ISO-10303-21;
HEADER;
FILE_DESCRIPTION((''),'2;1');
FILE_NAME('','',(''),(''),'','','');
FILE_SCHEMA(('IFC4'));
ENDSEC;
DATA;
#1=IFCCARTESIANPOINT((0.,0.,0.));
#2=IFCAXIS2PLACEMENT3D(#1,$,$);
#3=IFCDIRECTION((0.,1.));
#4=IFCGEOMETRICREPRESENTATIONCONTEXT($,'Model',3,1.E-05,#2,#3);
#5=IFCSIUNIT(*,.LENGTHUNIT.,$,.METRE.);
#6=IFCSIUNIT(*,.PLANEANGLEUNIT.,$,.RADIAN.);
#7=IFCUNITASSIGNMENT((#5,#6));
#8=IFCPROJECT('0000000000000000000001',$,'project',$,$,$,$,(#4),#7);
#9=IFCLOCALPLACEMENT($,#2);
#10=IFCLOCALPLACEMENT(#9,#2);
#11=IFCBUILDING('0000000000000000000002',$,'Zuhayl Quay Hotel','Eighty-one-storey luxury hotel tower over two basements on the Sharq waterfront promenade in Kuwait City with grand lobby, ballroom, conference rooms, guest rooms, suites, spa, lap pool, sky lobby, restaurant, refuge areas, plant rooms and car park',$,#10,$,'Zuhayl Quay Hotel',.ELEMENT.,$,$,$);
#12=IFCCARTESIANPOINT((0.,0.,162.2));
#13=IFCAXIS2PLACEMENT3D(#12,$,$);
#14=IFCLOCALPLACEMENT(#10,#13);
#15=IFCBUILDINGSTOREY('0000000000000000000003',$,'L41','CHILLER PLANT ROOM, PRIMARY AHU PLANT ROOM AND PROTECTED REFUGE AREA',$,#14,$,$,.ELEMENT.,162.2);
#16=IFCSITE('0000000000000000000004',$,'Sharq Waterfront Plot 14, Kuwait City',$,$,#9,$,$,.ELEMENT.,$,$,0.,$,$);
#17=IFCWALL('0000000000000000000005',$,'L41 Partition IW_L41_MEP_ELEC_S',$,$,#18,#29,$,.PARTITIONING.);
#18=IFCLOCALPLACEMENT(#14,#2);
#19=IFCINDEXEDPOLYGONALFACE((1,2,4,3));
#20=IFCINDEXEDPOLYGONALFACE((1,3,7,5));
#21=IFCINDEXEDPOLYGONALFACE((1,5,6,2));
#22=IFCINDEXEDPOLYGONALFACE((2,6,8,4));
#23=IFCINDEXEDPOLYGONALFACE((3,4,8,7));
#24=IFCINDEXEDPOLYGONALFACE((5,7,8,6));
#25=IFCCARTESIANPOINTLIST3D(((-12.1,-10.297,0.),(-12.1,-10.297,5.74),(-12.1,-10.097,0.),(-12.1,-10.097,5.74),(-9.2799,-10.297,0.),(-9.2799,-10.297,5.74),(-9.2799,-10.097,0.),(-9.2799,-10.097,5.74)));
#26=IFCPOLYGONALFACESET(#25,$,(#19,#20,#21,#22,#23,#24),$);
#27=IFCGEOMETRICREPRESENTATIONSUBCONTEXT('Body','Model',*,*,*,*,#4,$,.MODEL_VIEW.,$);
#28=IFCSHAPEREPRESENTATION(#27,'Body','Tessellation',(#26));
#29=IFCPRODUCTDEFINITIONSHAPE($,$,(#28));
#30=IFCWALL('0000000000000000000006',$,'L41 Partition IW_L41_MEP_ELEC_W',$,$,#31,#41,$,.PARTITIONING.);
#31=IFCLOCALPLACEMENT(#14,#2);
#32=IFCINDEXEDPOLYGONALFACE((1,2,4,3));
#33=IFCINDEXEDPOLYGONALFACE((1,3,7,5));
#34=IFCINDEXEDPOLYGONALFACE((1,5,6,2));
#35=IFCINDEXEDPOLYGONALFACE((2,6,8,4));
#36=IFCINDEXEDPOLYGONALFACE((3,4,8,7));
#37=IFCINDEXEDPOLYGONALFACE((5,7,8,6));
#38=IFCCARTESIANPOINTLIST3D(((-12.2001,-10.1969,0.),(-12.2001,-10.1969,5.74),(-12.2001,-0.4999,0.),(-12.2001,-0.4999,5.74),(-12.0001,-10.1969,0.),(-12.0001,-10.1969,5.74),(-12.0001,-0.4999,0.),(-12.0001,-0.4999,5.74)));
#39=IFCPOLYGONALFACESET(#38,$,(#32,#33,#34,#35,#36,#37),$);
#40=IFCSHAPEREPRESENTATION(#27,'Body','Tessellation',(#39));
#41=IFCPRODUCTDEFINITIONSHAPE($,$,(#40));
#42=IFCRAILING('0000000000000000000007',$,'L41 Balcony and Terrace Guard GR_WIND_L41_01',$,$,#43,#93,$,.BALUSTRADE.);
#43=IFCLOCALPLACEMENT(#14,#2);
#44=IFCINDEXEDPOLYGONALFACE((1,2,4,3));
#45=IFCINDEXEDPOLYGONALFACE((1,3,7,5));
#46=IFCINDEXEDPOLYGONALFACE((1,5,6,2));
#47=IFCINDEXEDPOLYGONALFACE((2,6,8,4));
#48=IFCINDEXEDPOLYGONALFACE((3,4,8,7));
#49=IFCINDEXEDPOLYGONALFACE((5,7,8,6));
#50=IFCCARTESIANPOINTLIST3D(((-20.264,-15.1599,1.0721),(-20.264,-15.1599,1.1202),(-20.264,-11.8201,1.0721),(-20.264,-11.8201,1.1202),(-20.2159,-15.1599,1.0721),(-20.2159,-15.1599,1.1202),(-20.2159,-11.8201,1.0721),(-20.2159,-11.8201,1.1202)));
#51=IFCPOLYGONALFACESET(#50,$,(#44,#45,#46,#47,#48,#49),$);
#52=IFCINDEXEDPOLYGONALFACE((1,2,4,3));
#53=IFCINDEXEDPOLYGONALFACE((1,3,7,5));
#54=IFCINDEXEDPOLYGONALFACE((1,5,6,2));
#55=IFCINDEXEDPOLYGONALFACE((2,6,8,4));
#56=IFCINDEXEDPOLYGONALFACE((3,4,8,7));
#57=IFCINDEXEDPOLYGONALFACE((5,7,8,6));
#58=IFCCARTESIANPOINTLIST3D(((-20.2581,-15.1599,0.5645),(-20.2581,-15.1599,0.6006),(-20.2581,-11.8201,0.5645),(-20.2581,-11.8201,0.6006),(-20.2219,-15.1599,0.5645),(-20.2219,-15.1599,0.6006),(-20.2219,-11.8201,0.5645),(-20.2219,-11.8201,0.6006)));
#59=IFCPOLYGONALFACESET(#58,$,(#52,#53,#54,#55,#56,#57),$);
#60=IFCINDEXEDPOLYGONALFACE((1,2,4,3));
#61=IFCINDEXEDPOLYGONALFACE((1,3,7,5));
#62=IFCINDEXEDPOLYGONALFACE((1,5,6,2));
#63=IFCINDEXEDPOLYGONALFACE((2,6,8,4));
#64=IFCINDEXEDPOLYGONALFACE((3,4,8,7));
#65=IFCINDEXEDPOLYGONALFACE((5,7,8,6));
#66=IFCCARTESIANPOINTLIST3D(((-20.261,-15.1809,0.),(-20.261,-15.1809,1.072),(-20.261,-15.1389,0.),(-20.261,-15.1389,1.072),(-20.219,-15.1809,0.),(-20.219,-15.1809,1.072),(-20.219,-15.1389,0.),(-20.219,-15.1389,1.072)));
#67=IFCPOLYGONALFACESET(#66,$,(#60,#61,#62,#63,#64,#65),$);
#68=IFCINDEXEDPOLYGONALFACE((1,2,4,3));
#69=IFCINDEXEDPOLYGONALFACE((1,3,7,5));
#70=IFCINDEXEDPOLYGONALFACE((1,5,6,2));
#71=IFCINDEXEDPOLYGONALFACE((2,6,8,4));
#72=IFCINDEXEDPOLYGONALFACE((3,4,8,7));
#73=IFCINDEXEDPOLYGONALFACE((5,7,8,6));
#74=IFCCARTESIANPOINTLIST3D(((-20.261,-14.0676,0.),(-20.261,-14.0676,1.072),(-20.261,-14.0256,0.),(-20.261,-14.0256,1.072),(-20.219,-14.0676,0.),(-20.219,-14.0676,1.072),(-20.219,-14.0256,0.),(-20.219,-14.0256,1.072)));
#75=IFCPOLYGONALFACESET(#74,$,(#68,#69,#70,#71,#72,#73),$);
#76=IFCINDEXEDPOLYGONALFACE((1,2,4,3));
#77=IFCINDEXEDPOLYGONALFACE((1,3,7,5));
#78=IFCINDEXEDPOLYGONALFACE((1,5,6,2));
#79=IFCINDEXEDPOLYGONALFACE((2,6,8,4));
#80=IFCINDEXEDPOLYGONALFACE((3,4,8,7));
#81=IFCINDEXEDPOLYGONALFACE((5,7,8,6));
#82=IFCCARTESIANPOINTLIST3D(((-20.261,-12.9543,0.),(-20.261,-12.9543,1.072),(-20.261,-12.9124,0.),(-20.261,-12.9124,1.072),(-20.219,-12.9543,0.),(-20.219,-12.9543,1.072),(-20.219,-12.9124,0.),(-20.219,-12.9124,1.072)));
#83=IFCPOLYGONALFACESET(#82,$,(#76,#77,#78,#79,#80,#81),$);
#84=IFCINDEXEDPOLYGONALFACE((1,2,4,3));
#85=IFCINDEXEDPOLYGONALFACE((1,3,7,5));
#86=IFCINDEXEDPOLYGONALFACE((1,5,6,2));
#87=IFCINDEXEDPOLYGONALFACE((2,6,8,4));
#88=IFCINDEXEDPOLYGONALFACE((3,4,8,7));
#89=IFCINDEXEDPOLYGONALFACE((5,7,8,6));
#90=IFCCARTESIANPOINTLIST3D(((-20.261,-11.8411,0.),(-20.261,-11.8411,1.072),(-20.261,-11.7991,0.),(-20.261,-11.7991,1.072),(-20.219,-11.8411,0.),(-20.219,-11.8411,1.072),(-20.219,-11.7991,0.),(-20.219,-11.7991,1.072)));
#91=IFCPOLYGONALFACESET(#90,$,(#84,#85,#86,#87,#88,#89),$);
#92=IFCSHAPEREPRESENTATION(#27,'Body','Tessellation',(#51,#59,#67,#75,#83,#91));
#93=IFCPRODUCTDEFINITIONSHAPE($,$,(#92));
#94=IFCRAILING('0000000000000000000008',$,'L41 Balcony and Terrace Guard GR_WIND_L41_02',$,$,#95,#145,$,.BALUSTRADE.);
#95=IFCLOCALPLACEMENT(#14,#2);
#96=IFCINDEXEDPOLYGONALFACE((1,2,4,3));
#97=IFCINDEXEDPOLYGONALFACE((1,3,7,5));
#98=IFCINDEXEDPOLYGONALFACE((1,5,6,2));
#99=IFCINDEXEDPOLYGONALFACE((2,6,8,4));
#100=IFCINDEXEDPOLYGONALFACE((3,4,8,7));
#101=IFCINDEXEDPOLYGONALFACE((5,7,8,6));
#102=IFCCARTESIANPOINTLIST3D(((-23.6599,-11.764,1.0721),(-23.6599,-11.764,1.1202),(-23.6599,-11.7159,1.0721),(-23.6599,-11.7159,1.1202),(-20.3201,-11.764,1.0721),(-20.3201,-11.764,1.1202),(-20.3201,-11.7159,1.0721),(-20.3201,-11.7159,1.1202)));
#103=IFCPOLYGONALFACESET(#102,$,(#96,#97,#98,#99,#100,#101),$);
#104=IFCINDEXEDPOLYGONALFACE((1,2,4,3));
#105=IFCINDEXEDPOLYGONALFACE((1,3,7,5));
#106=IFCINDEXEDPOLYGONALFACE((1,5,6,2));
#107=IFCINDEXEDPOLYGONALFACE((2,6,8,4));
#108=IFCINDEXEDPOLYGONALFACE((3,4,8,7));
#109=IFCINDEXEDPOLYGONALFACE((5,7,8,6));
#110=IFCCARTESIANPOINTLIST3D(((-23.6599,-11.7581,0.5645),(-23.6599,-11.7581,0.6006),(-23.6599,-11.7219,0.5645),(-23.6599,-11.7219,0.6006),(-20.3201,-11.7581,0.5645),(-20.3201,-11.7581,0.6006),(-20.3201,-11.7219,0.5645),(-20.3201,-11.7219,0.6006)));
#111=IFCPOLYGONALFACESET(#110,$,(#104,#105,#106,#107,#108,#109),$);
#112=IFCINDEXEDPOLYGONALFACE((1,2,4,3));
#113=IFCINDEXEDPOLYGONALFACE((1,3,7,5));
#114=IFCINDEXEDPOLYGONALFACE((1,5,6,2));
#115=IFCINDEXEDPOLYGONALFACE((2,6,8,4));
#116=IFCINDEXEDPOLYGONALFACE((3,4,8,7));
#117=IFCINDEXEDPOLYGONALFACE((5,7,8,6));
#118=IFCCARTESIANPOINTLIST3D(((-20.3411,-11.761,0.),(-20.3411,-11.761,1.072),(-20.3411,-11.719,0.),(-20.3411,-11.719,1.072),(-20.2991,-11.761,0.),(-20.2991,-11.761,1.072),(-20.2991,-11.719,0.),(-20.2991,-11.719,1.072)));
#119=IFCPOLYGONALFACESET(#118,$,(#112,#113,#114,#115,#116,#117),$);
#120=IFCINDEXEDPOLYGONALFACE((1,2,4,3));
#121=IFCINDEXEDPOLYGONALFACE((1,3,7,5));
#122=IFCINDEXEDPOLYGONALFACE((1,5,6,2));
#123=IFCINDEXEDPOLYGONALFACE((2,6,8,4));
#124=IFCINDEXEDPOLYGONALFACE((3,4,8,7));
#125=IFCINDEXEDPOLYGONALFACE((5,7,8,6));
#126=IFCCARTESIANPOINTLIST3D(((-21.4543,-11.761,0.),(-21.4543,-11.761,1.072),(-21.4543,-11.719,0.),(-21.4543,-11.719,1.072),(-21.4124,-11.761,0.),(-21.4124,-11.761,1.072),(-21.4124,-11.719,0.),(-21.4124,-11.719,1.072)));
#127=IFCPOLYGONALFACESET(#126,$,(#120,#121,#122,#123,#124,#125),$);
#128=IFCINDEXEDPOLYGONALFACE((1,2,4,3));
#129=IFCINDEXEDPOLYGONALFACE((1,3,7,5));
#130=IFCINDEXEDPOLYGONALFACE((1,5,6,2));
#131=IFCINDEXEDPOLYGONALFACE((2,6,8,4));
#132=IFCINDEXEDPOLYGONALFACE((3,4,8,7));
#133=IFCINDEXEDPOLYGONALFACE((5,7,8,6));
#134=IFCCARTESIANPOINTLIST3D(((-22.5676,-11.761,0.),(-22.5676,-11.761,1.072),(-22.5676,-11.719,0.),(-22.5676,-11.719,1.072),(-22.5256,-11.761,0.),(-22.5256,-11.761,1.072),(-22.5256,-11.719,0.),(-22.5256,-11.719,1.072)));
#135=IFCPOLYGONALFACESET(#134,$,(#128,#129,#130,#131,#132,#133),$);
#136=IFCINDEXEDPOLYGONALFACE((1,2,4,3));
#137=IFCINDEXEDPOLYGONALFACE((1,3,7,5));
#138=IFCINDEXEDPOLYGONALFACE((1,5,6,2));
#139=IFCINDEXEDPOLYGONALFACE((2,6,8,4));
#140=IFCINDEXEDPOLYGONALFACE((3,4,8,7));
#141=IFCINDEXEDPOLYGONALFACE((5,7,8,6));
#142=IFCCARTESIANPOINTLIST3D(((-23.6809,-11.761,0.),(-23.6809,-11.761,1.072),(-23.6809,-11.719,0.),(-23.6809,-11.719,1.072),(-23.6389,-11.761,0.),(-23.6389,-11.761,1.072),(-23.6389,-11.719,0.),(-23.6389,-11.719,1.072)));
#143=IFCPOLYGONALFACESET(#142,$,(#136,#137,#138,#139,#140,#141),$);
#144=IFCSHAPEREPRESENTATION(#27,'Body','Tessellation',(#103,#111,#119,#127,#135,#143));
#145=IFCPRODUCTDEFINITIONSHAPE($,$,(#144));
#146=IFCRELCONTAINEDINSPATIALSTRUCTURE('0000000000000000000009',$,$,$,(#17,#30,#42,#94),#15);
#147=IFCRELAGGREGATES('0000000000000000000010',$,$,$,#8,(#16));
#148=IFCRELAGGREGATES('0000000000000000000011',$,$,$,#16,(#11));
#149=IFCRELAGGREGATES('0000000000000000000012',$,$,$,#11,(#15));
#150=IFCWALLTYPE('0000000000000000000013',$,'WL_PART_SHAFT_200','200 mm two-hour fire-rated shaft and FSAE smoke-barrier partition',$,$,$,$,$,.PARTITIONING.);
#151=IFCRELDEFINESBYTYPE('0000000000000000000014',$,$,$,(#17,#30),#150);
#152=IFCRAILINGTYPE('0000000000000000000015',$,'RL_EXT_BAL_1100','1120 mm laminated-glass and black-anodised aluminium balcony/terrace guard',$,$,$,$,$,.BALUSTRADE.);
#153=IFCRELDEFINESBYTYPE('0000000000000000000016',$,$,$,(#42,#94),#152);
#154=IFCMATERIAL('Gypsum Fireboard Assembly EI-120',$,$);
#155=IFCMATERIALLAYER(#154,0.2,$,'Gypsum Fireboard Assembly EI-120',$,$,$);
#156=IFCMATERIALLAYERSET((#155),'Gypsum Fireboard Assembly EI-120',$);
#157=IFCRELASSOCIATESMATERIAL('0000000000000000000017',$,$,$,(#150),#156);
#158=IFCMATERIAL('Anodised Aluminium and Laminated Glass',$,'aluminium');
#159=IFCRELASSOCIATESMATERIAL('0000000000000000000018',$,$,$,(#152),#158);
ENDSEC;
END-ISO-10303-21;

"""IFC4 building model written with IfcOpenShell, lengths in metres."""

from ifc_helpers import new_model, si_unit, direction, frame, frame_2d, origin, origin_2d, place, context, subcontext, project, spatial, rectangle, extrude, material, layer, layer_set, type_object, element, save


model = new_model("IFC4")

# Units and contexts
model_context = context("Model", 3, precision=1e-05, world=origin(), true_north=direction((0.0, 1.0)))
body_context = subcontext(model_context, "Body", "Model", "MODEL_VIEW")
ifc_project = project(units=[si_unit("LENGTHUNIT", "METRE"), si_unit("PLANEANGLEUNIT", "RADIAN")], contexts=[model_context])

# Site, building, storey
site_placement = place(None, origin())
site = spatial("IfcSite", under=ifc_project, at=site_placement, Name="Sharq Waterfront Plot 14, Kuwait City", CompositionType="ELEMENT", RefElevation=0.0)
building_placement = place(site_placement, origin())
building = spatial("IfcBuilding", under=site, at=building_placement, Name="Zuhayl Quay Hotel", Description="Eighty-one-storey luxury hotel tower over two basements on the Sharq waterfront promenade in Kuwait City with grand lobby, ballroom, conference rooms, guest rooms, suites, spa, lap pool, sky lobby, restaurant, refuge areas, plant rooms and car park", LongName="Zuhayl Quay Hotel", CompositionType="ELEMENT")
storey_placement = place(building_placement, frame((0.0, 0.0, 162.2)))
storey = spatial("IfcBuildingStorey", under=building, at=storey_placement, Name="L41", Description="CHILLER PLANT ROOM, PRIMARY AHU PLANT ROOM AND PROTECTED REFUGE AREA", CompositionType="ELEMENT", Elevation=162.2)

# Walls
ifc_material_1 = material(Name="Gypsum Fireboard Assembly EI-120")
ifc_layer_1 = layer(ifc_material_1, 0.2, Name="Gypsum Fireboard Assembly EI-120")
ifc_layer_set_1 = layer_set([ifc_layer_1], Name="Gypsum Fireboard Assembly EI-120")
wall_type = type_object("IfcWallType", Name="WL_PART_SHAFT_200", Description="200 mm two-hour fire-rated shaft and FSAE smoke-barrier partition", PredefinedType="PARTITIONING", material=ifc_layer_set_1)
wall_1_placement = place(storey_placement, frame((-12.1001, -10.197, 0.0), z_axis=(0.0, 0.0, 1.0), x_axis=(1.0, 0.0, 0.0)))
element("IfcWall", 1, at=wall_1_placement, inside=storey, type_object=wall_type, Name="L41 Partition IW_L41_MEP_ELEC_S", PredefinedType="PARTITIONING", context=body_context, shape_type="SweptSolid", body=[
    extrude(rectangle(XDim=2.8201, YDim=0.2, at=frame_2d((1.4102, 0.0))), origin(), (0.0, 0.0, 1.0), 5.74),
])
wall_2_placement = place(storey_placement, frame((-12.1001, -10.197, 0.0), z_axis=(0.0, 0.0, 1.0), x_axis=(0.0, 1.0, 0.0)))
element("IfcWall", 2, at=wall_2_placement, inside=storey, type_object=wall_type, Name="L41 Partition IW_L41_MEP_ELEC_W", PredefinedType="PARTITIONING", context=body_context, shape_type="SweptSolid", body=[
    extrude(rectangle(XDim=9.697, YDim=0.2, at=frame_2d((4.8486, 0.0))), origin(), (0.0, 0.0, 1.0), 5.74),
])

# Railings
ifc_material_2 = material(Name="Anodised Aluminium and Laminated Glass", Category="aluminium")
railing_type = type_object("IfcRailingType", Name="RL_EXT_BAL_1100", Description="1120 mm laminated-glass and black-anodised aluminium balcony/terrace guard", PredefinedType="BALUSTRADE", material=ifc_material_2)
railing_1_placement = place(storey_placement, frame((-20.24, -15.1599, 0.0)))
element("IfcRailing", 3, at=railing_1_placement, inside=storey, type_object=railing_type, Name="L41 Balcony and Terrace Guard GR_WIND_L41_01", PredefinedType="BALUSTRADE", context=body_context, shape_type="SweptSolid", body=[
    extrude(rectangle(XDim=0.0481, YDim=0.0481, at=origin_2d()), frame((0.0, 0.0, 1.0962), z_axis=(0.0, 1.0, 0.0), x_axis=(-1.0, 0.0, 0.0)), (0.0, 0.0, 1.0), 3.3398),
    extrude(rectangle(XDim=0.0361, YDim=0.0361, at=origin_2d()), frame((0.0, 0.0, 0.5825), z_axis=(0.0, 1.0, 0.0), x_axis=(-1.0, 0.0, 0.0)), (0.0, 0.0, 1.0), 3.3398),
    extrude(rectangle(XDim=0.042, YDim=0.042, at=origin_2d()), origin(), (0.0, 0.0, 1.0), 1.072),
    extrude(rectangle(XDim=0.042, YDim=0.042, at=origin_2d()), frame((0.0, 1.1133, 0.0)), (0.0, 0.0, 1.0), 1.072),
    extrude(rectangle(XDim=0.042, YDim=0.042, at=origin_2d()), frame((0.0, 2.2266, 0.0)), (0.0, 0.0, 1.0), 1.072),
    extrude(rectangle(XDim=0.042, YDim=0.042, at=origin_2d()), frame((0.0, 3.3398, 0.0)), (0.0, 0.0, 1.0), 1.072),
])
railing_2_placement = place(storey_placement, frame((-20.3201, -11.74, 0.0)))
element("IfcRailing", 4, at=railing_2_placement, inside=storey, type_object=railing_type, Name="L41 Balcony and Terrace Guard GR_WIND_L41_02", PredefinedType="BALUSTRADE", context=body_context, shape_type="SweptSolid", body=[
    extrude(rectangle(XDim=0.0481, YDim=0.0481, at=origin_2d()), frame((0.0, 0.0, 1.0962), z_axis=(-1.0, 0.0, 0.0), x_axis=(0.0, -1.0, 0.0)), (0.0, 0.0, 1.0), 3.3398),
    extrude(rectangle(XDim=0.0361, YDim=0.0361, at=origin_2d()), frame((0.0, 0.0, 0.5825), z_axis=(-1.0, 0.0, 0.0), x_axis=(0.0, -1.0, 0.0)), (0.0, 0.0, 1.0), 3.3398),
    extrude(rectangle(XDim=0.042, YDim=0.042, at=origin_2d()), origin(), (0.0, 0.0, 1.0), 1.072),
    extrude(rectangle(XDim=0.042, YDim=0.042, at=origin_2d()), frame((-1.1133, 0.0, 0.0)), (0.0, 0.0, 1.0), 1.072),
    extrude(rectangle(XDim=0.042, YDim=0.042, at=origin_2d()), frame((-2.2266, 0.0, 0.0)), (0.0, 0.0, 1.0), 1.072),
    extrude(rectangle(XDim=0.042, YDim=0.042, at=origin_2d()), frame((-3.3398, 0.0, 0.0)), (0.0, 0.0, 1.0), 1.072),
])

save(model, "model.ifc")
